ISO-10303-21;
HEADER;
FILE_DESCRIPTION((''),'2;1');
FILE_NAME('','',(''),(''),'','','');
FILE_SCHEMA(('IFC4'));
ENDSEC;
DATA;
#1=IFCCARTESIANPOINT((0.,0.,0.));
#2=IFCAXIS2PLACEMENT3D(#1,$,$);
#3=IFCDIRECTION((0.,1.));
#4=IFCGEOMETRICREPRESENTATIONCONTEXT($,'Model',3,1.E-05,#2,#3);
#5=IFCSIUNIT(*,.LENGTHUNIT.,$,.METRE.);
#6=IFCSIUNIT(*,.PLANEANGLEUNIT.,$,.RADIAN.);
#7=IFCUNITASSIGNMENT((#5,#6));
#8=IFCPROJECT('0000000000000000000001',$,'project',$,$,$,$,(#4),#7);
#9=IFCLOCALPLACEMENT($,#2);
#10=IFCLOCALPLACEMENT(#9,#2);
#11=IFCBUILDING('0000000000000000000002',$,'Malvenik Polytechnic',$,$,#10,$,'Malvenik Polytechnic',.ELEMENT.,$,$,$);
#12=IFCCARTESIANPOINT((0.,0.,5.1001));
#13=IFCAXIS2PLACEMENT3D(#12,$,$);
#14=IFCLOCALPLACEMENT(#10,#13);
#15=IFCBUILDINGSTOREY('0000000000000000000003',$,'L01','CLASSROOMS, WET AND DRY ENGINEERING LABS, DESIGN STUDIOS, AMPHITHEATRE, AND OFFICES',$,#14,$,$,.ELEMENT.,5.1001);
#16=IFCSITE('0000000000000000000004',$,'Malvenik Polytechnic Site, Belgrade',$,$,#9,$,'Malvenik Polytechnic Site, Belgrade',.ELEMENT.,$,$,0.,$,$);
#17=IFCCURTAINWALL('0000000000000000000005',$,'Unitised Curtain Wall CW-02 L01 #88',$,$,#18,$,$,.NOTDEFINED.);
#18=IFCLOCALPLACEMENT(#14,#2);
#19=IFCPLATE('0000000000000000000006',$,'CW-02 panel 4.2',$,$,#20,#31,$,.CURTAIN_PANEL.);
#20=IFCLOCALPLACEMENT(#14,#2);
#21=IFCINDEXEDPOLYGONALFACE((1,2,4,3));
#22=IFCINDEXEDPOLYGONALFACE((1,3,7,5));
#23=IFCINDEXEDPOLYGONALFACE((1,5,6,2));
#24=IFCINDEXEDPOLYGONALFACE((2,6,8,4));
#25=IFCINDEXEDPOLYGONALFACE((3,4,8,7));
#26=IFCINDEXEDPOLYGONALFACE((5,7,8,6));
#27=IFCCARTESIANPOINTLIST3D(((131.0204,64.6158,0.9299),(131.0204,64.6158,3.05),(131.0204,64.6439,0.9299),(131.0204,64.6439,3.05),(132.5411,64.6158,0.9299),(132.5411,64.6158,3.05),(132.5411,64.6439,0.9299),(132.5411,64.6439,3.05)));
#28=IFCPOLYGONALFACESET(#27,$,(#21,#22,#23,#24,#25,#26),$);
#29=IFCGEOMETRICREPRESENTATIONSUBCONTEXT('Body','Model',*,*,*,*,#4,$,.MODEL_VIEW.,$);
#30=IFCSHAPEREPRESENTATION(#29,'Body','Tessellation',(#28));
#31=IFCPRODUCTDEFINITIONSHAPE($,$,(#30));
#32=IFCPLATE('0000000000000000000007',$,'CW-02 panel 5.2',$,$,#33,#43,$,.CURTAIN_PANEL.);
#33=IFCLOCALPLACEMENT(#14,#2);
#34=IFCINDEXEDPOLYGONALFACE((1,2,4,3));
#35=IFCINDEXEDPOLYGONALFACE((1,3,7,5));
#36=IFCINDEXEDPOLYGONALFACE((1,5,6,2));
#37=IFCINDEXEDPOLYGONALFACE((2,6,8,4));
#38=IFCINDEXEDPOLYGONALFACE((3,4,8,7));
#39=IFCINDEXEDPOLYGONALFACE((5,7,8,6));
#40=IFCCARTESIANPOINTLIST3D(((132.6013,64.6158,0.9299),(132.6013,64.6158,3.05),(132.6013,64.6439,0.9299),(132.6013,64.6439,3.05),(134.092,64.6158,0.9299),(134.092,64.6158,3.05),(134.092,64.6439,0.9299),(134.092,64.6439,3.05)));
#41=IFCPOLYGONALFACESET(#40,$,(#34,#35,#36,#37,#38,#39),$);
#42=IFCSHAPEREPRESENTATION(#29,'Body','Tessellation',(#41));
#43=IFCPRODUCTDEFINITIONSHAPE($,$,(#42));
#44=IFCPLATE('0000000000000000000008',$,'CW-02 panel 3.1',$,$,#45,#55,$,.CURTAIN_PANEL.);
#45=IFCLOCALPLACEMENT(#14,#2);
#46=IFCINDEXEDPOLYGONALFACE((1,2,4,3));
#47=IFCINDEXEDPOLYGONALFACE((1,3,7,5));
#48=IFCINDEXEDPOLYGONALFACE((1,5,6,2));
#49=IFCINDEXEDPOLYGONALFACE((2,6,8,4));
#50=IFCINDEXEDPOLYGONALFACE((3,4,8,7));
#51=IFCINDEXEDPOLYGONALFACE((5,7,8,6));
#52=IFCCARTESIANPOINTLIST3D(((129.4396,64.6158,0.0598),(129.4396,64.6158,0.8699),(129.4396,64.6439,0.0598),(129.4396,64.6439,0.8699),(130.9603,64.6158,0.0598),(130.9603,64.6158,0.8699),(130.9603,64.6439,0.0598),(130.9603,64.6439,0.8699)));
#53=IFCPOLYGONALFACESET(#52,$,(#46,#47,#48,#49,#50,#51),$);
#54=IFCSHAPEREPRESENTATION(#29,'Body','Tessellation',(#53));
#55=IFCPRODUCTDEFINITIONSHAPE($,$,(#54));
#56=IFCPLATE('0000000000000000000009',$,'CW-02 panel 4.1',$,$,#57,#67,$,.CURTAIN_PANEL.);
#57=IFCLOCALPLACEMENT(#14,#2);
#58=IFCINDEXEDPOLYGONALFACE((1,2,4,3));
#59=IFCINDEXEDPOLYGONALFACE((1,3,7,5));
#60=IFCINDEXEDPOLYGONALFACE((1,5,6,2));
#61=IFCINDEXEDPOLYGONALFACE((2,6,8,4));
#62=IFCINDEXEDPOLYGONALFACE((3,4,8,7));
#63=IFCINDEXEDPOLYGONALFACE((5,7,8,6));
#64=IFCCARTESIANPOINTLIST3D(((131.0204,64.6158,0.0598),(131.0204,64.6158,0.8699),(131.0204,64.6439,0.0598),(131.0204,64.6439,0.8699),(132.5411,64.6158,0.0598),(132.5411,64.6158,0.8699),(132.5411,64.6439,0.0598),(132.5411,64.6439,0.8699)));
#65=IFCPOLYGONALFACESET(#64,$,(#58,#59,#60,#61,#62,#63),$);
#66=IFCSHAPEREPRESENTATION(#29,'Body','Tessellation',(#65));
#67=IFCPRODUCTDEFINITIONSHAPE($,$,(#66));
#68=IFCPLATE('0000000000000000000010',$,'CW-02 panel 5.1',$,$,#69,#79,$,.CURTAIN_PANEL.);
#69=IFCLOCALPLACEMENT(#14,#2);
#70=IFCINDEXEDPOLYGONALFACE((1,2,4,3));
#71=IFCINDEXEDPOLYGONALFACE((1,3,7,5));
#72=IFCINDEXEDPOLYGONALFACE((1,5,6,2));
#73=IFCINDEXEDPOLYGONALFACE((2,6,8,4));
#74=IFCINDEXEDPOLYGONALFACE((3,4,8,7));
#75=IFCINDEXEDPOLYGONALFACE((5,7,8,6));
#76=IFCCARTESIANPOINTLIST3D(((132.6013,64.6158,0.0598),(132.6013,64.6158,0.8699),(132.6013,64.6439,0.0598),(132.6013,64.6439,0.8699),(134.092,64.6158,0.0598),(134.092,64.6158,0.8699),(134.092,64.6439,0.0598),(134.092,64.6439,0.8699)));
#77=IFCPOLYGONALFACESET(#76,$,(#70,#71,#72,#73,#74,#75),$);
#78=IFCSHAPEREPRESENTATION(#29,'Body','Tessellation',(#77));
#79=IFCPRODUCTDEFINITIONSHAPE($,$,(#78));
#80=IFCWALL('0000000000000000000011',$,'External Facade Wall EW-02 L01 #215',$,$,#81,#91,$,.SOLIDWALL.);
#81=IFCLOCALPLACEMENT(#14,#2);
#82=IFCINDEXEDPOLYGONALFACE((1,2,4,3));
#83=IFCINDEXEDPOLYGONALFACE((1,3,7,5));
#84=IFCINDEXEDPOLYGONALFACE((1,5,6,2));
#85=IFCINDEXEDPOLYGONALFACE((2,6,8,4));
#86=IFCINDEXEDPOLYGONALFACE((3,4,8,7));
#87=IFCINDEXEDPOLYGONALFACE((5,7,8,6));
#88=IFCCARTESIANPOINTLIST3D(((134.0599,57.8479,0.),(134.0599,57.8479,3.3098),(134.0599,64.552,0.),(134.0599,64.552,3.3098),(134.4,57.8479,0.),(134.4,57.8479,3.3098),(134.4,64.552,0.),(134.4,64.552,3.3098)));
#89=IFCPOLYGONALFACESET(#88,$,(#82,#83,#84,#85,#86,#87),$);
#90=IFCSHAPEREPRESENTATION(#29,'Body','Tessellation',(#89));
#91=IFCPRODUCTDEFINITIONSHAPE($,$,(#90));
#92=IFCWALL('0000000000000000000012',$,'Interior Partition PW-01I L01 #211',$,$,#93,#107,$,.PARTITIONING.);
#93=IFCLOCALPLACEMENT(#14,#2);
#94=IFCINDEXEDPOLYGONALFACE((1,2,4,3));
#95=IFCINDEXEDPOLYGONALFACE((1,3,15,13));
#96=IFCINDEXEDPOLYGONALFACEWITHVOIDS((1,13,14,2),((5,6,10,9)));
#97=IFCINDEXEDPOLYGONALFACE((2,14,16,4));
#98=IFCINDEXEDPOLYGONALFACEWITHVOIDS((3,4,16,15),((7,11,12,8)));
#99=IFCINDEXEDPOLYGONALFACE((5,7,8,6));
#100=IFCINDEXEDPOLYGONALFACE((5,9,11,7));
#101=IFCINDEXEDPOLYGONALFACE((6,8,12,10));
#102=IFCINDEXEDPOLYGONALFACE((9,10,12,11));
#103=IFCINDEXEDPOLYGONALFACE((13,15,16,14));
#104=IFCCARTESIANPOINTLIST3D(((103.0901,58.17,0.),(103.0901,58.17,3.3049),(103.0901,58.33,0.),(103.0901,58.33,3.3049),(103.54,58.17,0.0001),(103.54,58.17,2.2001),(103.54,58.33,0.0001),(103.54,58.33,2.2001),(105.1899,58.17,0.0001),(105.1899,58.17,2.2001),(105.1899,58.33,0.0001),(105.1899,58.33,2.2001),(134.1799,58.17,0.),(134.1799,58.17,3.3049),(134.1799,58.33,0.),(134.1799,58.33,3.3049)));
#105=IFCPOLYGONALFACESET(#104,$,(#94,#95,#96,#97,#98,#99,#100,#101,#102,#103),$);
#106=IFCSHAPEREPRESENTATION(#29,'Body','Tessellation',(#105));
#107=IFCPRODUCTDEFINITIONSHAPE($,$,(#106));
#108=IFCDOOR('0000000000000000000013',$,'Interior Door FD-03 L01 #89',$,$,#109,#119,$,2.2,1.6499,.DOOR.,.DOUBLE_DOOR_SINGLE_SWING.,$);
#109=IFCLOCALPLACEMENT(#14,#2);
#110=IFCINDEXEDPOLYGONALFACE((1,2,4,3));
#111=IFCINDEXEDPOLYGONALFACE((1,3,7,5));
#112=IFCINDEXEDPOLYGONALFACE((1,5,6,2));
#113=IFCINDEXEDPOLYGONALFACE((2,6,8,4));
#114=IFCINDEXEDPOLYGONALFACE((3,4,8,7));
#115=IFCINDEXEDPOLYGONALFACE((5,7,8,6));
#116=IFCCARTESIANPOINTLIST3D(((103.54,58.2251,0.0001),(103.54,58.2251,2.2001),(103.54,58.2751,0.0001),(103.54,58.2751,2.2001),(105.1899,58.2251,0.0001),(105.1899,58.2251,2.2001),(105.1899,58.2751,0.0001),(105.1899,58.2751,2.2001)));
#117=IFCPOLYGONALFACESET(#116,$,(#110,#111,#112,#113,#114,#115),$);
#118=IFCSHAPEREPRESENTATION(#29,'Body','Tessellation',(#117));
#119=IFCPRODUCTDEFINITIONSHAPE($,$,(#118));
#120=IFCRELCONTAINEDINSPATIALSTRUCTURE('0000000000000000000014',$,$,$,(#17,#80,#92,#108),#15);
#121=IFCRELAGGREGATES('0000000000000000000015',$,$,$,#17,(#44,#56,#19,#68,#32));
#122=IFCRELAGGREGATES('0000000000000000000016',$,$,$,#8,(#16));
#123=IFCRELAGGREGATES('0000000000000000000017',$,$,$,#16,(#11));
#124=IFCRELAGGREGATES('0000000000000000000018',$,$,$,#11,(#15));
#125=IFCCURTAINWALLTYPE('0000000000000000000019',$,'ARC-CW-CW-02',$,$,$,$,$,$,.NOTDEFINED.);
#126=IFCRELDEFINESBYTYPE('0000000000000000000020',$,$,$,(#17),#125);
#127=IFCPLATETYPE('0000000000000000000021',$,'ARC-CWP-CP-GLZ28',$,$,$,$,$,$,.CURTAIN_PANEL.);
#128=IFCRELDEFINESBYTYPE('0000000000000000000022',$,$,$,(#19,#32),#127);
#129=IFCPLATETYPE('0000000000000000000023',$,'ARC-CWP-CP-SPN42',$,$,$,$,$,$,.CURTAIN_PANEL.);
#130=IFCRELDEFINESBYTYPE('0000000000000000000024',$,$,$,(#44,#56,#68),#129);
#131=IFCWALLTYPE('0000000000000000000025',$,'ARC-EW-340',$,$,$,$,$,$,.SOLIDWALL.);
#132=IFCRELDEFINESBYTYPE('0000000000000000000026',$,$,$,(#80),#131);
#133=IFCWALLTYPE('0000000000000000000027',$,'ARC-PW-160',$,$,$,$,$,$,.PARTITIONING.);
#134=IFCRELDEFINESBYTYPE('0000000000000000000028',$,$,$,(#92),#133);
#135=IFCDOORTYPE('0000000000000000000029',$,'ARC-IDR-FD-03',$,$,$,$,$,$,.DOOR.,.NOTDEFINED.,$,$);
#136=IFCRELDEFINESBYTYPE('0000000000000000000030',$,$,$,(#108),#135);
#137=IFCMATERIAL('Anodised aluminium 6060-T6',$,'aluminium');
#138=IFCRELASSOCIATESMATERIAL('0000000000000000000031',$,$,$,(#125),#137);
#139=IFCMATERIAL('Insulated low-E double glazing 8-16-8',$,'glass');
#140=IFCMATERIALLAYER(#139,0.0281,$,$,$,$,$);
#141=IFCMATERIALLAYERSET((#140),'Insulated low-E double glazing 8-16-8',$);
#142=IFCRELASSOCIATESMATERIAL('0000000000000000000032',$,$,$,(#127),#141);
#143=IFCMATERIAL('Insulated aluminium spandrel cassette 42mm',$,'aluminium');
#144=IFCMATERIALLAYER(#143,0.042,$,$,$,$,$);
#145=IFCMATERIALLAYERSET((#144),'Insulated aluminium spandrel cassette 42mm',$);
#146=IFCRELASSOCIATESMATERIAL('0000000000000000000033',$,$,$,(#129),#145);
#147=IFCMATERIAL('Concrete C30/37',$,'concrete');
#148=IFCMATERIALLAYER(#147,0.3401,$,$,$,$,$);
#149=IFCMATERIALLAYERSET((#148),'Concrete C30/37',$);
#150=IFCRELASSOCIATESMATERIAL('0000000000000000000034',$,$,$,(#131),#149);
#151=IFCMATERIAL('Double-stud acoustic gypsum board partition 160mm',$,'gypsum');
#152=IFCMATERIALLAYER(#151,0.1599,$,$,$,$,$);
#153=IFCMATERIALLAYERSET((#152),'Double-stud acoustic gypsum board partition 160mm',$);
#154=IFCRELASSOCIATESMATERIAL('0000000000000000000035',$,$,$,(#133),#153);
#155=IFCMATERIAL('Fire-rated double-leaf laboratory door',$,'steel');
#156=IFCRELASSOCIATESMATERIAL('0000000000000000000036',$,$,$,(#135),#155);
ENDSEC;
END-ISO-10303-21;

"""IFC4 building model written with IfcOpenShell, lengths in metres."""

from ifc_helpers import new_model, si_unit, direction, frame, frame_2d, origin, origin_2d, place, context, subcontext, project, spatial, rectangle, extrude, material, layer, layer_set, type_object, element, fill, aggregate, save


model = new_model("IFC4")

# Units and contexts
model_context = context("Model", 3, precision=1e-05, world=origin(), true_north=direction((0.0, 1.0)))
body_context = subcontext(model_context, "Body", "Model", "MODEL_VIEW")
ifc_project = project(units=[si_unit("LENGTHUNIT", "METRE"), si_unit("PLANEANGLEUNIT", "RADIAN")], contexts=[model_context])

# Site, building, storey
site_placement = place(None, origin())
site = spatial("IfcSite", under=ifc_project, at=site_placement, Name="Malvenik Polytechnic Site, Belgrade", LongName="Malvenik Polytechnic Site, Belgrade", CompositionType="ELEMENT", RefElevation=0.0)
building_placement = place(site_placement, origin())
building = spatial("IfcBuilding", under=site, at=building_placement, Name="Malvenik Polytechnic", LongName="Malvenik Polytechnic", CompositionType="ELEMENT")
storey_placement = place(building_placement, frame((0.0, 0.0, 5.1001)))
storey = spatial("IfcBuildingStorey", under=building, at=storey_placement, Name="L01", Description="CLASSROOMS, WET AND DRY ENGINEERING LABS, DESIGN STUDIOS, AMPHITHEATRE, AND OFFICES", CompositionType="ELEMENT", Elevation=5.1001)

# Curtain wall, plates
ifc_material_1 = material(Name="Anodised aluminium 6060-T6", Category="aluminium")
curtain_wall_type = type_object("IfcCurtainWallType", Name="ARC-CW-CW-02", PredefinedType="NOTDEFINED", material=ifc_material_1)
curtain_wall_placement = place(storey_placement, origin())
curtain_wall = element("IfcCurtainWall", 1, at=curtain_wall_placement, inside=storey, type_object=curtain_wall_type, Name="Unitised Curtain Wall CW-02 L01 #88", PredefinedType="NOTDEFINED")
ifc_material_2 = material(Name="Insulated low-E double glazing 8-16-8", Category="glass")
ifc_layer_1 = layer(ifc_material_2, 0.0281)
ifc_layer_set_1 = layer_set([ifc_layer_1], Name="Insulated low-E double glazing 8-16-8")
plate_type_1 = type_object("IfcPlateType", Name="ARC-CWP-CP-GLZ28", PredefinedType="CURTAIN_PANEL", material=ifc_layer_set_1)
plate_1_placement = place(storey_placement, frame((131.7808, 64.6299, 0.9299), z_axis=(0.0, 0.0, 1.0), x_axis=(1.0, 0.0, 0.0)))
plate_1 = element("IfcPlate", 2, at=plate_1_placement, type_object=plate_type_1, Name="CW-02 panel 4.2", PredefinedType="CURTAIN_PANEL", context=body_context, shape_type="SweptSolid", body=[
    extrude(rectangle(XDim=1.5208, YDim=0.0281, at=origin_2d()), origin(), (0.0, 0.0, 1.0), 2.1201),
])
plate_2_placement = place(storey_placement, frame((133.3467, 64.6299, 0.9299), z_axis=(0.0, 0.0, 1.0), x_axis=(1.0, 0.0, 0.0)))
plate_2 = element("IfcPlate", 3, at=plate_2_placement, type_object=plate_type_1, Name="CW-02 panel 5.2", PredefinedType="CURTAIN_PANEL", context=body_context, shape_type="SweptSolid", body=[
    extrude(rectangle(XDim=1.4907, YDim=0.0281, at=origin_2d()), origin(), (0.0, 0.0, 1.0), 2.1201),
])
ifc_material_3 = material(Name="Insulated aluminium spandrel cassette 42mm", Category="aluminium")
ifc_layer_2 = layer(ifc_material_3, 0.042)
ifc_layer_set_2 = layer_set([ifc_layer_2], Name="Insulated aluminium spandrel cassette 42mm")
plate_type_2 = type_object("IfcPlateType", Name="ARC-CWP-CP-SPN42", PredefinedType="CURTAIN_PANEL", material=ifc_layer_set_2)
plate_3_placement = place(storey_placement, frame((130.2, 64.6299, 0.0598), z_axis=(0.0, 0.0, 1.0), x_axis=(1.0, 0.0, 0.0)))
plate_3 = element("IfcPlate", 4, at=plate_3_placement, type_object=plate_type_2, Name="CW-02 panel 3.1", PredefinedType="CURTAIN_PANEL", context=body_context, shape_type="SweptSolid", body=[
    extrude(rectangle(XDim=1.5208, YDim=0.0281, at=origin_2d()), origin(), (0.0, 0.0, 1.0), 0.8101),
])
plate_4_placement = place(storey_placement, frame((131.7808, 64.6299, 0.0598), z_axis=(0.0, 0.0, 1.0), x_axis=(1.0, 0.0, 0.0)))
plate_4 = element("IfcPlate", 5, at=plate_4_placement, type_object=plate_type_2, Name="CW-02 panel 4.1", PredefinedType="CURTAIN_PANEL", context=body_context, shape_type="SweptSolid", body=[
    extrude(rectangle(XDim=1.5208, YDim=0.0281, at=origin_2d()), origin(), (0.0, 0.0, 1.0), 0.8101),
])
plate_5_placement = place(storey_placement, frame((133.3467, 64.6299, 0.0598), z_axis=(0.0, 0.0, 1.0), x_axis=(1.0, 0.0, 0.0)))
plate_5 = element("IfcPlate", 6, at=plate_5_placement, type_object=plate_type_2, Name="CW-02 panel 5.1", PredefinedType="CURTAIN_PANEL", context=body_context, shape_type="SweptSolid", body=[
    extrude(rectangle(XDim=1.4907, YDim=0.0281, at=origin_2d()), origin(), (0.0, 0.0, 1.0), 0.8101),
])
aggregate(curtain_wall, [plate_3, plate_4, plate_1, plate_5, plate_2])

# Wall
ifc_material_4 = material(Name="Concrete C30/37", Category="concrete")
ifc_layer_3 = layer(ifc_material_4, 0.3401)
ifc_layer_set_3 = layer_set([ifc_layer_3], Name="Concrete C30/37")
wall_type_1 = type_object("IfcWallType", Name="ARC-EW-340", PredefinedType="SOLIDWALL", material=ifc_layer_set_3)
wall_1_placement = place(storey_placement, frame((134.23, 64.552, 0.0), z_axis=(0.0, 0.0, 1.0), x_axis=(0.0, -1.0, 0.0)))
element("IfcWall", 7, at=wall_1_placement, inside=storey, type_object=wall_type_1, Name="External Facade Wall EW-02 L01 #215", PredefinedType="SOLIDWALL", context=body_context, shape_type="SweptSolid", body=[
    extrude(rectangle(XDim=6.7041, YDim=0.3401, at=frame_2d((3.3521, 0.0))), origin(), (0.0, 0.0, 1.0), 3.3098),
])

# Wall, opening, door
ifc_material_5 = material(Name="Double-stud acoustic gypsum board partition 160mm", Category="gypsum")
ifc_layer_4 = layer(ifc_material_5, 0.1599)
ifc_layer_set_4 = layer_set([ifc_layer_4], Name="Double-stud acoustic gypsum board partition 160mm")
wall_type_2 = type_object("IfcWallType", Name="ARC-PW-160", PredefinedType="PARTITIONING", material=ifc_layer_set_4)
wall_2_placement = place(storey_placement, frame((134.1799, 58.25, 0.0), z_axis=(0.0, 0.0, 1.0), x_axis=(-1.0, 0.0, 0.0)))
wall_2 = element("IfcWall", 8, at=wall_2_placement, inside=storey, type_object=wall_type_2, Name="Interior Partition PW-01I L01 #211", PredefinedType="PARTITIONING", context=body_context, shape_type="SweptSolid", body=[
    extrude(rectangle(XDim=31.0898, YDim=0.1599, at=frame_2d((15.5449, 0.0))), origin(), (0.0, 0.0, 1.0), 3.3049),
])
opening_placement = place(wall_2_placement, frame((28.99, 0.0, 0.0)))
opening = element("IfcOpeningElement", 9, at=opening_placement, cuts=wall_2, PredefinedType="OPENING", context=body_context, shape_type="SweptSolid", body=[
    extrude(rectangle(XDim=1.6499, YDim=2.2, at=frame_2d((0.825, 1.1001))), frame((0.0, 0.0898, 0.0), z_axis=(0.0, -1.0, 0.0), x_axis=(1.0, 0.0, 0.0)), (0.0, 0.0, 1.0), 0.1799),
])
ifc_material_6 = material(Name="Fire-rated double-leaf laboratory door", Category="steel")
door_type = type_object("IfcDoorType", Name="ARC-IDR-FD-03", OperationType="NOTDEFINED", PredefinedType="DOOR", material=ifc_material_6)
door_placement = place(opening_placement, origin())
door = element("IfcDoor", 10, at=door_placement, inside=storey, type_object=door_type, Name="Interior Door FD-03 L01 #89", OperationType="DOUBLE_DOOR_SINGLE_SWING", OverallHeight=2.2, OverallWidth=1.6499, PredefinedType="DOOR", context=body_context, shape_type="SweptSolid", body=[
    extrude(rectangle(XDim=1.6499, YDim=2.2, at=frame_2d((0.825, 1.1001))), frame((0.0, 0.0249, 0.0), z_axis=(0.0, -1.0, 0.0), x_axis=(1.0, 0.0, 0.0)), (0.0, 0.0, 1.0), 0.05),
])
fill(opening, door)

save(model, "model.ifc")
